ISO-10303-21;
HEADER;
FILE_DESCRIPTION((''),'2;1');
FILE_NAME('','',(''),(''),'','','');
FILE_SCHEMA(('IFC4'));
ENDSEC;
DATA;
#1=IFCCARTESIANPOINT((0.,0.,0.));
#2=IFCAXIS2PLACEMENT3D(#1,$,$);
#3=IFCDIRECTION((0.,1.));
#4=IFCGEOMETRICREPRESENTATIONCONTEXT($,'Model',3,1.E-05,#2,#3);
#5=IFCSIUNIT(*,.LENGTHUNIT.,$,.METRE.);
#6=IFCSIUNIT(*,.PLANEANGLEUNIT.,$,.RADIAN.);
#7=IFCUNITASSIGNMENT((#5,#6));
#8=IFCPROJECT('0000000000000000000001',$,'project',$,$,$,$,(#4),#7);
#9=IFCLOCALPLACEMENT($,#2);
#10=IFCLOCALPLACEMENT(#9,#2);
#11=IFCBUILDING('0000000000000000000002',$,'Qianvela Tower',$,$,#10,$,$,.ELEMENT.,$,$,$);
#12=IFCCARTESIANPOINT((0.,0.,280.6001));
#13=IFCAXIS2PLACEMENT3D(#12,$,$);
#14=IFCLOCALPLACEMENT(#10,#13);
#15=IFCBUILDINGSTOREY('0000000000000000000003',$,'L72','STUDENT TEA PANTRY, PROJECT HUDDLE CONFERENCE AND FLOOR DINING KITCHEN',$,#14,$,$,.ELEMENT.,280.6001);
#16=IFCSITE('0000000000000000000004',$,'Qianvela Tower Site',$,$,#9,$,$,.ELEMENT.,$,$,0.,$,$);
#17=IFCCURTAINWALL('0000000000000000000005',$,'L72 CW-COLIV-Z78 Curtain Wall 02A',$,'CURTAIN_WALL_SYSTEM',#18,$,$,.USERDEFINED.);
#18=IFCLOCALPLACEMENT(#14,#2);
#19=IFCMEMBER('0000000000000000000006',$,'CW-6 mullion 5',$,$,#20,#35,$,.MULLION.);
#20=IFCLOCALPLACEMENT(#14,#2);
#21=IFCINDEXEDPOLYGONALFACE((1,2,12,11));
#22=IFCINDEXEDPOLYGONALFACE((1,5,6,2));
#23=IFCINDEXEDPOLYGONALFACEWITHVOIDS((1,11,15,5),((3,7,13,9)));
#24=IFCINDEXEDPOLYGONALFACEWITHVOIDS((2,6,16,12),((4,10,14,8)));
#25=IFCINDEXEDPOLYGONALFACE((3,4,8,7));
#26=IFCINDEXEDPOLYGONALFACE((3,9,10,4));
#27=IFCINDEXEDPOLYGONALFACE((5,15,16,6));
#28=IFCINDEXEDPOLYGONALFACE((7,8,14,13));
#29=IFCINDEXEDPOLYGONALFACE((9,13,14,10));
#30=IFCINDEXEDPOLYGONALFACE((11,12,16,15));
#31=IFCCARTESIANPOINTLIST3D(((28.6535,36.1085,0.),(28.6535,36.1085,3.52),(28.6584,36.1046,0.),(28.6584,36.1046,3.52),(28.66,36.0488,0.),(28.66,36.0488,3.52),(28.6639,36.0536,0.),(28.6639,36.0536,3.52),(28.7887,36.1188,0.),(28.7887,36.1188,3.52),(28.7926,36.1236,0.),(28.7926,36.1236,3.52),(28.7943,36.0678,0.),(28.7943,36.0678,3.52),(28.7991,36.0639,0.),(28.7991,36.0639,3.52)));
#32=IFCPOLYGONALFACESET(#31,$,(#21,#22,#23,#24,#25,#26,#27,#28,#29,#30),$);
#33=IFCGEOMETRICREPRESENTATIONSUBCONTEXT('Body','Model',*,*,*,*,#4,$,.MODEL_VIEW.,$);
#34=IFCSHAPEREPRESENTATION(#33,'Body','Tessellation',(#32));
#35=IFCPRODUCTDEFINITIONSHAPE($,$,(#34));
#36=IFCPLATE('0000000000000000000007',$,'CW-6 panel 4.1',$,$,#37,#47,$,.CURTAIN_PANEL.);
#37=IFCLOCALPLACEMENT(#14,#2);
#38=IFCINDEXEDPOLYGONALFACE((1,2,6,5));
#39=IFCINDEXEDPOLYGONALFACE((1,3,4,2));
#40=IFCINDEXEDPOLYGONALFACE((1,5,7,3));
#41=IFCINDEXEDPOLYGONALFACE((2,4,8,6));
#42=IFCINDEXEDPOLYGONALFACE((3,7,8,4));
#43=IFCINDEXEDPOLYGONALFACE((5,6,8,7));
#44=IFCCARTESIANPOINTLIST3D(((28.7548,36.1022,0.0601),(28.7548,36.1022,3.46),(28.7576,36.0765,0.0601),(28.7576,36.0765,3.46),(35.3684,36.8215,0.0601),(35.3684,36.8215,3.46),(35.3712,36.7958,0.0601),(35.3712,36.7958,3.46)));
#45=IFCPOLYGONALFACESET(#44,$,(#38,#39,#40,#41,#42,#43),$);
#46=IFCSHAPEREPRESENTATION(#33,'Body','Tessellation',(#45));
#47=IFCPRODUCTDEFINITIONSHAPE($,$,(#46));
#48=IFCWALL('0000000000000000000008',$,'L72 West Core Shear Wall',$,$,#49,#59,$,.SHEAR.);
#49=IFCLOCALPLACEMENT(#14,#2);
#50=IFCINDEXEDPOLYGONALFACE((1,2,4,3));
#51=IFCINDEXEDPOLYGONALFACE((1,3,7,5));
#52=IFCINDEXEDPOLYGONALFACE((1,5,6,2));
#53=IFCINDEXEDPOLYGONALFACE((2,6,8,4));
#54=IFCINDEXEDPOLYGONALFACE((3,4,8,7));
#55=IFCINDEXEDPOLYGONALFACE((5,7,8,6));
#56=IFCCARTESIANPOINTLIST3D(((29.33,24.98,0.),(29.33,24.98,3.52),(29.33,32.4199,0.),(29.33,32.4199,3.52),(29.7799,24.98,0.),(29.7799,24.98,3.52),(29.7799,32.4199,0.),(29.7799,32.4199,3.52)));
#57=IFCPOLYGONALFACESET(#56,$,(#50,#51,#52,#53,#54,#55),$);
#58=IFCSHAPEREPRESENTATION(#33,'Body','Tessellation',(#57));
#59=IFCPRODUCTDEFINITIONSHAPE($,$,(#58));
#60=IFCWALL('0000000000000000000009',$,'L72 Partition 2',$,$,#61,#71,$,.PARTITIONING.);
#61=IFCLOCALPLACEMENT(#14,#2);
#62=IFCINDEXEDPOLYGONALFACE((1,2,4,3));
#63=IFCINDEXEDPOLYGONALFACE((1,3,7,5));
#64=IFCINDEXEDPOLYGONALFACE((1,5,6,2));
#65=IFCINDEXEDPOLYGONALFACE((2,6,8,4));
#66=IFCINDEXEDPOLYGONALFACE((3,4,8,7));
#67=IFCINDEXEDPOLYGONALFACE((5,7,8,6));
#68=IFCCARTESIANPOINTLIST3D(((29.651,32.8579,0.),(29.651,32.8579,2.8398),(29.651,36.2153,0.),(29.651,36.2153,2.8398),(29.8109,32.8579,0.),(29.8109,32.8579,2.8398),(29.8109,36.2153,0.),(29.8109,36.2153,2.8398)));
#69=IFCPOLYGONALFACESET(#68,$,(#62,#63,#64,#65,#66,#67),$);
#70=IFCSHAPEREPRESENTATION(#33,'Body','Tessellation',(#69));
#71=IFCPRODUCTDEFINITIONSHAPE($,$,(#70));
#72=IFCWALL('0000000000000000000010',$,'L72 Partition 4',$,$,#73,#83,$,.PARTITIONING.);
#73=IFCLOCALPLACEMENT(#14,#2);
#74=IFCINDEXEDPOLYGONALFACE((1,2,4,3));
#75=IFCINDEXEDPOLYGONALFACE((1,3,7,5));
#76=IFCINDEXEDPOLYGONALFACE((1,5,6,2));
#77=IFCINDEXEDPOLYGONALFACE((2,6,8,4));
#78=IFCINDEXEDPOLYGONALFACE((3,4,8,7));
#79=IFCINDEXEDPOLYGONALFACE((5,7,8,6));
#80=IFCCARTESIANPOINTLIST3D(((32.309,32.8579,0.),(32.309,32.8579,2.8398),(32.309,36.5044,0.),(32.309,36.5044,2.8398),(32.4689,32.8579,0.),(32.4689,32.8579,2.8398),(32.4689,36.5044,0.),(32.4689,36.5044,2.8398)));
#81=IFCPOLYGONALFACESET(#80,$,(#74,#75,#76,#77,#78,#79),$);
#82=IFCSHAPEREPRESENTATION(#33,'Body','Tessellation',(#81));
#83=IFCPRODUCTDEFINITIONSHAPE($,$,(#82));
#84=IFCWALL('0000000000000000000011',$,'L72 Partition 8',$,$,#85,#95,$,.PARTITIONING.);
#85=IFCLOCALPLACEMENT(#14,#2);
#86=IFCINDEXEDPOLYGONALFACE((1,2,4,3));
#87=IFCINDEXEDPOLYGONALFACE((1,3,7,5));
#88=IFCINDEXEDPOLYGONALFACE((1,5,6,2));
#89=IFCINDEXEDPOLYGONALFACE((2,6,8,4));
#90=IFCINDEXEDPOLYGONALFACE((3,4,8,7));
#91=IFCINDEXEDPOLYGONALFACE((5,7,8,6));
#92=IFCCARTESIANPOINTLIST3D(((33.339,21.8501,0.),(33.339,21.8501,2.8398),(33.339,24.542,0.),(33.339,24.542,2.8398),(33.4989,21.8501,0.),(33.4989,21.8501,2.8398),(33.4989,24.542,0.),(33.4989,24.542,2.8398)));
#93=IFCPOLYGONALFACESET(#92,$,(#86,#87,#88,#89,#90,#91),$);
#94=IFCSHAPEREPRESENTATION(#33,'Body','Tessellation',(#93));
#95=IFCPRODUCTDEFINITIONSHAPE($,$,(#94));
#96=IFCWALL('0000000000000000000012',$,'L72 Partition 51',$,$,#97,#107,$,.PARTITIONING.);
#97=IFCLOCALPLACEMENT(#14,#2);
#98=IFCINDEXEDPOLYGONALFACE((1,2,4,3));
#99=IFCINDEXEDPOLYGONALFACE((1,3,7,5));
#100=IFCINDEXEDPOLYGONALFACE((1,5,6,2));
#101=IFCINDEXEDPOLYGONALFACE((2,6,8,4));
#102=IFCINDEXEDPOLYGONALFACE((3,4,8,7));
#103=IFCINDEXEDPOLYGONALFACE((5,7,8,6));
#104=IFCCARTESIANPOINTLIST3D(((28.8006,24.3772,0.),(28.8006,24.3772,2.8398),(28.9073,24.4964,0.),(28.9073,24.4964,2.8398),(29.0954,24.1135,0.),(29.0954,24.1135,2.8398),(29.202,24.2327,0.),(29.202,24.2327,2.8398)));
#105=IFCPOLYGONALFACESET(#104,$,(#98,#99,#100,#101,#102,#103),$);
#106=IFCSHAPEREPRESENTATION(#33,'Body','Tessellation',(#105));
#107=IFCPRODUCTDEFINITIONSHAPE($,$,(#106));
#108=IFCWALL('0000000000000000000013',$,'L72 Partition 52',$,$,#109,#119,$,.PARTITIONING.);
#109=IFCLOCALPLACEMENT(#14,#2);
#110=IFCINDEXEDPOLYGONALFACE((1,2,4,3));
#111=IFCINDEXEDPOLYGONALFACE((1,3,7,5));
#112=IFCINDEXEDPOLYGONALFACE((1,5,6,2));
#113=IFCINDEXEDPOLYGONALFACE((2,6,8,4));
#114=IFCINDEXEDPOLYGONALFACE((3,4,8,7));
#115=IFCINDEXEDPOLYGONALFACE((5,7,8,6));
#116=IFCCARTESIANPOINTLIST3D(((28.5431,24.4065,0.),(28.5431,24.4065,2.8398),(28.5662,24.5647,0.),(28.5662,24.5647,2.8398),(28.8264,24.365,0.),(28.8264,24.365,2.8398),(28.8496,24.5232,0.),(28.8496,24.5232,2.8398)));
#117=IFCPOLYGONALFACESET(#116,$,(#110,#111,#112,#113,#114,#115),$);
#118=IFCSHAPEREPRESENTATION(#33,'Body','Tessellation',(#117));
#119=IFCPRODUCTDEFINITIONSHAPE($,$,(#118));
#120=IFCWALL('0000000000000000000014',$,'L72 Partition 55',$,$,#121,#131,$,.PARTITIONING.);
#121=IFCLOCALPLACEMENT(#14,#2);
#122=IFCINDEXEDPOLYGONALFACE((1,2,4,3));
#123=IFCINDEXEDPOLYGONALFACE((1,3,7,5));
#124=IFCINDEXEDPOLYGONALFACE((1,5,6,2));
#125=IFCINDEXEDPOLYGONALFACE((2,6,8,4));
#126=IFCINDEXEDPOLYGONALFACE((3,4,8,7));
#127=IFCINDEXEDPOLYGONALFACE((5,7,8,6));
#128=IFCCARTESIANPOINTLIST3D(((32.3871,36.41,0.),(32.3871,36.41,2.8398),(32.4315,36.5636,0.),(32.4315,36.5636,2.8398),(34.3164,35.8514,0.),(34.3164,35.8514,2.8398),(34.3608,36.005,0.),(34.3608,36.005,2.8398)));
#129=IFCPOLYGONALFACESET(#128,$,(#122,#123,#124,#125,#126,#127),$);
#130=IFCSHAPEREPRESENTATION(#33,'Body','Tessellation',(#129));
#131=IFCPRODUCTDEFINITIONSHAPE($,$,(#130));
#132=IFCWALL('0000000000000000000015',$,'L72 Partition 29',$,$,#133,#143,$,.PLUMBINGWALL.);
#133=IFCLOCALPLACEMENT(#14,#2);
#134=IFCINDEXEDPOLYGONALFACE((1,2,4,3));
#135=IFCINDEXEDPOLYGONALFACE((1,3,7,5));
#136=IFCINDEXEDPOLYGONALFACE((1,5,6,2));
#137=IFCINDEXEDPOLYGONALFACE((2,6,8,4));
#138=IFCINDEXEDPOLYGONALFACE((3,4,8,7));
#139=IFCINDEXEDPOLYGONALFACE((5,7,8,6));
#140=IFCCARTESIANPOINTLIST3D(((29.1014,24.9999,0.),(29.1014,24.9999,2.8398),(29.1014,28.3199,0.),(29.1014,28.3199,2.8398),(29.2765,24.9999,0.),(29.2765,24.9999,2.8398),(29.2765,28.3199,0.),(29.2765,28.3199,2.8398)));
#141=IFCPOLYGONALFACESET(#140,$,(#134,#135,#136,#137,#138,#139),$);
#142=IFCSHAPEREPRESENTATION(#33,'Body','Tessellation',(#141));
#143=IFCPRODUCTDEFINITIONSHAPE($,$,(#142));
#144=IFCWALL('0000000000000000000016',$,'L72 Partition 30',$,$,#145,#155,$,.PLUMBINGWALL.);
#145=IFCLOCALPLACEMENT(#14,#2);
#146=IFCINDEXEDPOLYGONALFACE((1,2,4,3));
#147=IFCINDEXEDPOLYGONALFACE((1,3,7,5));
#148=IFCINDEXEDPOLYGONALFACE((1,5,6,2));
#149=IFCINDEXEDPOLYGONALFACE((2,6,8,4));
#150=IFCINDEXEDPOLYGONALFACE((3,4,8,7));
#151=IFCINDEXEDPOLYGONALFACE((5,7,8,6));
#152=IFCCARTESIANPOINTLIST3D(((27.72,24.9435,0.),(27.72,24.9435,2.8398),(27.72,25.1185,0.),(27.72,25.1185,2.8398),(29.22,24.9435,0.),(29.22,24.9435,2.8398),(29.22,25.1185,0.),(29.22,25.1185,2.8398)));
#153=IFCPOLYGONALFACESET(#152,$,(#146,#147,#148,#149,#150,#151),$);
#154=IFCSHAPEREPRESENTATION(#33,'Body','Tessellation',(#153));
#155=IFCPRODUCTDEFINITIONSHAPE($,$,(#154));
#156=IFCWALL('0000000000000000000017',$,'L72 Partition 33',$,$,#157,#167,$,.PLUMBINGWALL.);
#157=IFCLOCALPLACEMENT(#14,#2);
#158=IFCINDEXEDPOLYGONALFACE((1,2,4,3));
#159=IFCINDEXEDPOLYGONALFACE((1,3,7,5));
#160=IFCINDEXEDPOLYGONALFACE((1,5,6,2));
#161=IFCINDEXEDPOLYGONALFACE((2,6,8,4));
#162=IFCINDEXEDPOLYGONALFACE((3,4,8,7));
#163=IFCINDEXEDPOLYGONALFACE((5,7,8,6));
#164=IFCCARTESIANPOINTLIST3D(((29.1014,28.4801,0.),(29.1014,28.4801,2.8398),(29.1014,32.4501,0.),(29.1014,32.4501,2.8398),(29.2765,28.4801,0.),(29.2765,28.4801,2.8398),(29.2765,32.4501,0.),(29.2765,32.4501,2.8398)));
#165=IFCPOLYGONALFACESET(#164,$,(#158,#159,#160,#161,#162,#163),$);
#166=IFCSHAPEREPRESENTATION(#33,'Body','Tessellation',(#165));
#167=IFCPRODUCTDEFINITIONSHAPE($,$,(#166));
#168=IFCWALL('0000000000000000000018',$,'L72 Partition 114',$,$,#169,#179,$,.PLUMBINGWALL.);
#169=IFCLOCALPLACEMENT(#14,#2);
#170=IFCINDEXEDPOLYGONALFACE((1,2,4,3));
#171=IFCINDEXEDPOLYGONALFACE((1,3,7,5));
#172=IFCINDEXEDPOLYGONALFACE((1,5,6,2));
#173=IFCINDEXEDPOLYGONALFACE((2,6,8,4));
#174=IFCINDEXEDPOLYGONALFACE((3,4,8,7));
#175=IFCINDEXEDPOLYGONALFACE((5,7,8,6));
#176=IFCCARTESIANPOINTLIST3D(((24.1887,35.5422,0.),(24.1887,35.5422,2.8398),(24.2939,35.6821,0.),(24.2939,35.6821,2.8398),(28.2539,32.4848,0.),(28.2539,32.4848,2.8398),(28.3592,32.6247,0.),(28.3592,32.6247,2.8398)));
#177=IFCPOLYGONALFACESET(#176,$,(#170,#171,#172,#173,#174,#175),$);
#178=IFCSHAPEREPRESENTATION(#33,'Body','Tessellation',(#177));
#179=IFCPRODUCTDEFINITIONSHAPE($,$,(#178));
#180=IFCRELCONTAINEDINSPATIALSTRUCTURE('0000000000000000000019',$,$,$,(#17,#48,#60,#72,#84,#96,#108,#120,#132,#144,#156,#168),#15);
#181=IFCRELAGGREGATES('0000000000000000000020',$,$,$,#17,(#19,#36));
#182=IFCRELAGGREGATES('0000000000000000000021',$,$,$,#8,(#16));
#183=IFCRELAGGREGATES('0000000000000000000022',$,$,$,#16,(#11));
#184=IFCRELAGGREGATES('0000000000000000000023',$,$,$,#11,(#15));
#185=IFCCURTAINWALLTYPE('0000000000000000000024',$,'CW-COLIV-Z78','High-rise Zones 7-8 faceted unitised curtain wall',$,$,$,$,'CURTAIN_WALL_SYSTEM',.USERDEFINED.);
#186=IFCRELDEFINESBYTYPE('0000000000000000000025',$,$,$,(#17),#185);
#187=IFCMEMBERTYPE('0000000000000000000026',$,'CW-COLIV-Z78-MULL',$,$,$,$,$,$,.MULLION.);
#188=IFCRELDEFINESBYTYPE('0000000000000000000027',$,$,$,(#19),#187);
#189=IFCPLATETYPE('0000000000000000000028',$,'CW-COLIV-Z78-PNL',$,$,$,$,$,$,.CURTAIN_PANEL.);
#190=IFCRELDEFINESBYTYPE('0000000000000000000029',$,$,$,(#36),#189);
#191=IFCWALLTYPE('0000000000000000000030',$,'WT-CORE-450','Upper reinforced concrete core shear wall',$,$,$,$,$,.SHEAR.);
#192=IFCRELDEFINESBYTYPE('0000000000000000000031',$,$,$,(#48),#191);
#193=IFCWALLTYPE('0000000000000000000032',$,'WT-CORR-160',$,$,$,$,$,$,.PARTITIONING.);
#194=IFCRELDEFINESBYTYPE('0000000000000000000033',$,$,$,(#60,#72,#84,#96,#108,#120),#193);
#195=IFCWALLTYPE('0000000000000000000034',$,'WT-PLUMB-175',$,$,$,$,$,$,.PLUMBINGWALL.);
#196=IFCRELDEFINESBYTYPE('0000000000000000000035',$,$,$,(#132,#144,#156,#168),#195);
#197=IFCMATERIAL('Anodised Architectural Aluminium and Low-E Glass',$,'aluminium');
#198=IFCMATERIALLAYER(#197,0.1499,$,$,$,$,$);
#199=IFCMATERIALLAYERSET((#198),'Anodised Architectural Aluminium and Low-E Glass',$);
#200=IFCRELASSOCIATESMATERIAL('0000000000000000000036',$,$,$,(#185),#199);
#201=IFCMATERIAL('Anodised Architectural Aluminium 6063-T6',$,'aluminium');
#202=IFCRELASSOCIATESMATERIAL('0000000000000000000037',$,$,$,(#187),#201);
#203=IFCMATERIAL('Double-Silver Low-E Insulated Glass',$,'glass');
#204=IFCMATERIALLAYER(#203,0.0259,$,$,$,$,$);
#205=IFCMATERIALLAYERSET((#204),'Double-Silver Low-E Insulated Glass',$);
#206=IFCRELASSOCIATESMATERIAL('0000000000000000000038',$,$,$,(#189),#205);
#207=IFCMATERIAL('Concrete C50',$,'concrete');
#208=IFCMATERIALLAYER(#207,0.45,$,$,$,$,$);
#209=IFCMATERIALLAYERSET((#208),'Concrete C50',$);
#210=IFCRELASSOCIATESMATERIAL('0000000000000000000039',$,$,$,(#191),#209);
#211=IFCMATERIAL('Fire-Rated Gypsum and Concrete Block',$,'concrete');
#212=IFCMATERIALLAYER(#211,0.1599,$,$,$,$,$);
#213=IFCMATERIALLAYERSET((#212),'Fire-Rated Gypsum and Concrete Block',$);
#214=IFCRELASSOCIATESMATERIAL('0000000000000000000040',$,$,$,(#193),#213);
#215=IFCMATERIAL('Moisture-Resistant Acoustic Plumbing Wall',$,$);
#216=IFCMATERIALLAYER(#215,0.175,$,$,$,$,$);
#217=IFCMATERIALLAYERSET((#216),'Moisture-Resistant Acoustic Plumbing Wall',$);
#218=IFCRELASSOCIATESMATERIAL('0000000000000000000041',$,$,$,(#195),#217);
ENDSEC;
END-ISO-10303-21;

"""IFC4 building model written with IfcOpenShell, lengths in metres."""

from ifc_helpers import new_model, si_unit, direction, frame, frame_2d, origin, origin_2d, place, context, subcontext, project, spatial, rectangle, hollow_rectangle, extrude, material, layer, layer_set, material_profile, profile_set, type_object, element, aggregate, save


model = new_model("IFC4")

# Units and contexts
model_context = context("Model", 3, precision=1e-05, world=origin(), true_north=direction((0.0, 1.0)))
body_context = subcontext(model_context, "Body", "Model", "MODEL_VIEW")
ifc_project = project(units=[si_unit("LENGTHUNIT", "METRE"), si_unit("PLANEANGLEUNIT", "RADIAN")], contexts=[model_context])

# Site, building, storey
site_placement = place(None, origin())
site = spatial("IfcSite", under=ifc_project, at=site_placement, Name="Qianvela Tower Site", CompositionType="ELEMENT", RefElevation=0.0)
building_placement = place(site_placement, origin())
building = spatial("IfcBuilding", under=site, at=building_placement, Name="Qianvela Tower", CompositionType="ELEMENT")
storey_placement = place(building_placement, frame((0.0, 0.0, 280.6001)))
storey = spatial("IfcBuildingStorey", under=building, at=storey_placement, Name="L72", Description="STUDENT TEA PANTRY, PROJECT HUDDLE CONFERENCE AND FLOOR DINING KITCHEN", CompositionType="ELEMENT", Elevation=280.6001)

# Curtain wall, member, plate
ifc_material_1 = material(Name="Anodised Architectural Aluminium and Low-E Glass", Category="aluminium")
ifc_layer_1 = layer(ifc_material_1, 0.1499)
ifc_layer_set_1 = layer_set([ifc_layer_1], Name="Anodised Architectural Aluminium and Low-E Glass")
curtain_wall_type_1 = type_object("IfcCurtainWallType", Name="CW-COLIV-Z78", Description="High-rise Zones 7-8 faceted unitised curtain wall", ElementType="CURTAIN_WALL_SYSTEM", PredefinedType="USERDEFINED", material=ifc_layer_set_1)
curtain_wall_1_placement = place(storey_placement, origin())
curtain_wall_1 = element("IfcCurtainWall", 1, at=curtain_wall_1_placement, inside=storey, type_object=curtain_wall_type_1, Name="L72 CW-COLIV-Z78 Curtain Wall 02A", ObjectType="CURTAIN_WALL_SYSTEM", PredefinedType="USERDEFINED")
ifc_material_2 = material(Name="Anodised Architectural Aluminium 6063-T6", Category="aluminium")
ifc_material_profile_1 = material_profile(ifc_material_2, hollow_rectangle(XDim=0.0601, YDim=0.1399, WallThickness=0.0044, at=origin_2d()), Name="ALU-MULL-60x140")
ifc_profile_set_1 = profile_set([ifc_material_profile_1], Name="Anodised Architectural Aluminium 6063-T6")
member_type_1 = type_object("IfcMemberType", Name="CW-COLIV-Z78-MULL", PredefinedType="MULLION", material=ifc_profile_set_1)
member_1_placement = place(storey_placement, frame((28.7263, 36.0862, 0.0), z_axis=(0.0, 0.0, 1.0), x_axis=(0.10812, -0.994138, 0.0)))
member_1 = element("IfcMember", 2, at=member_1_placement, type_object=member_type_1, Name="CW-6 mullion 5", PredefinedType="MULLION", context=body_context, shape_type="SweptSolid", body=[
    extrude(hollow_rectangle(XDim=0.0601, YDim=0.1399, WallThickness=0.0044, at=origin_2d()), origin(), (0.0, 0.0, 1.0), 3.52),
])
ifc_material_3 = material(Name="Double-Silver Low-E Insulated Glass", Category="glass")
ifc_layer_2 = layer(ifc_material_3, 0.0259)
ifc_layer_set_2 = layer_set([ifc_layer_2], Name="Double-Silver Low-E Insulated Glass")
plate_type = type_object("IfcPlateType", Name="CW-COLIV-Z78-PNL", PredefinedType="CURTAIN_PANEL", material=ifc_layer_set_2)
plate_placement = place(storey_placement, frame((32.063, 36.449, 0.0601), z_axis=(0.0, 0.0, 1.0), x_axis=(-0.994138, -0.10812, 0.0)))
plate = element("IfcPlate", 3, at=plate_placement, type_object=plate_type, Name="CW-6 panel 4.1", PredefinedType="CURTAIN_PANEL", context=body_context, shape_type="SweptSolid", body=[
    extrude(rectangle(XDim=6.6526, YDim=0.0259, at=origin_2d()), origin(), (0.0, 0.0, 1.0), 3.3999),
])
aggregate(curtain_wall_1, [member_1, plate])

# Shared definitions
ifc_material_4 = material(Name="Concrete C50", Category="concrete")
ifc_layer_3 = layer(ifc_material_4, 0.45)
ifc_layer_set_3 = layer_set([ifc_layer_3], Name="Concrete C50")
wall_type_1 = type_object("IfcWallType", Name="WT-CORE-450", Description="Upper reinforced concrete core shear wall", PredefinedType="SHEAR", material=ifc_layer_set_3)

# Walls
wall_1_placement = place(storey_placement, frame((29.5549, 24.98, 0.0), z_axis=(0.0, 0.0, 1.0), x_axis=(0.0, 1.0, 0.0)))
element("IfcWall", 4, at=wall_1_placement, inside=storey, type_object=wall_type_1, Name="L72 West Core Shear Wall", PredefinedType="SHEAR", context=body_context, shape_type="SweptSolid", body=[
    extrude(rectangle(XDim=7.4399, YDim=0.45, at=frame_2d((3.72, 0.0))), origin(), (0.0, 0.0, 1.0), 3.52),
])
ifc_material_5 = material(Name="Fire-Rated Gypsum and Concrete Block", Category="concrete")
ifc_layer_4 = layer(ifc_material_5, 0.1599)
ifc_layer_set_4 = layer_set([ifc_layer_4], Name="Fire-Rated Gypsum and Concrete Block")
wall_type_2 = type_object("IfcWallType", Name="WT-CORR-160", PredefinedType="PARTITIONING", material=ifc_layer_set_4)
wall_2_placement = place(storey_placement, frame((29.731, 32.8579, 0.0), z_axis=(0.0, 0.0, 1.0), x_axis=(0.0, 1.0, 0.0)))
element("IfcWall", 5, at=wall_2_placement, inside=storey, type_object=wall_type_2, Name="L72 Partition 2", PredefinedType="PARTITIONING", context=body_context, shape_type="SweptSolid", body=[
    extrude(rectangle(XDim=3.3574, YDim=0.1599, at=frame_2d((1.6787, 0.0))), origin(), (0.0, 0.0, 1.0), 2.8398),
])
wall_3_placement = place(storey_placement, frame((32.3889, 36.5044, 0.0), z_axis=(0.0, 0.0, 1.0), x_axis=(0.0, -1.0, 0.0)))
element("IfcWall", 6, at=wall_3_placement, inside=storey, type_object=wall_type_2, Name="L72 Partition 4", PredefinedType="PARTITIONING", context=body_context, shape_type="SweptSolid", body=[
    extrude(rectangle(XDim=3.6465, YDim=0.1599, at=frame_2d((1.8232, 0.0))), origin(), (0.0, 0.0, 1.0), 2.8398),
])
wall_4_placement = place(storey_placement, frame((33.4189, 24.542, 0.0), z_axis=(0.0, 0.0, 1.0), x_axis=(0.0, -1.0, 0.0)))
element("IfcWall", 7, at=wall_4_placement, inside=storey, type_object=wall_type_2, Name="L72 Partition 8", PredefinedType="PARTITIONING", context=body_context, shape_type="SweptSolid", body=[
    extrude(rectangle(XDim=2.6919, YDim=0.1599, at=frame_2d((1.3459, 0.0))), origin(), (0.0, 0.0, 1.0), 2.8398),
])
wall_5_placement = place(storey_placement, frame((29.1487, 24.1731, 0.0), z_axis=(0.0, 0.0, 1.0), x_axis=(-0.745225, 0.666813, 0.0)))
element("IfcWall", 8, at=wall_5_placement, inside=storey, type_object=wall_type_2, Name="L72 Partition 51", PredefinedType="PARTITIONING", context=body_context, shape_type="SweptSolid", body=[
    extrude(rectangle(XDim=0.3955, YDim=0.1599, at=frame_2d((0.1978, 0.0))), origin(), (0.0, 0.0, 1.0), 2.8398),
])
wall_6_placement = place(storey_placement, frame((28.8379, 24.4441, 0.0), z_axis=(0.0, 0.0, 1.0), x_axis=(-0.989449, 0.144881, 0.0)))
element("IfcWall", 9, at=wall_6_placement, inside=storey, type_object=wall_type_2, Name="L72 Partition 52", PredefinedType="PARTITIONING", context=body_context, shape_type="SweptSolid", body=[
    extrude(rectangle(XDim=0.2864, YDim=0.1599, at=frame_2d((0.1431, 0.0))), origin(), (0.0, 0.0, 1.0), 2.8398),
])
wall_7_placement = place(storey_placement, frame((32.4092, 36.4868, 0.0), z_axis=(0.0, 0.0, 1.0), x_axis=(0.960545, -0.278123, 0.0)))
element("IfcWall", 10, at=wall_7_placement, inside=storey, type_object=wall_type_2, Name="L72 Partition 55", PredefinedType="PARTITIONING", context=body_context, shape_type="SweptSolid", body=[
    extrude(rectangle(XDim=2.0085, YDim=0.1599, at=frame_2d((1.0044, 0.0))), origin(), (0.0, 0.0, 1.0), 2.8398),
])
ifc_material_6 = material(Name="Moisture-Resistant Acoustic Plumbing Wall")
ifc_layer_5 = layer(ifc_material_6, 0.175)
ifc_layer_set_5 = layer_set([ifc_layer_5], Name="Moisture-Resistant Acoustic Plumbing Wall")
wall_type_3 = type_object("IfcWallType", Name="WT-PLUMB-175", PredefinedType="PLUMBINGWALL", material=ifc_layer_set_5)
wall_8_placement = place(storey_placement, frame((29.189, 28.3201, 0.0), z_axis=(0.0, 0.0, 1.0), x_axis=(0.0, -1.0, 0.0)))
element("IfcWall", 11, at=wall_8_placement, inside=storey, type_object=wall_type_3, Name="L72 Partition 29", PredefinedType="PLUMBINGWALL", context=body_context, shape_type="SweptSolid", body=[
    extrude(rectangle(XDim=3.3201, YDim=0.175, at=frame_2d((1.6602, 0.0))), origin(), (0.0, 0.0, 1.0), 2.8398),
])
wall_9_placement = place(storey_placement, frame((29.22, 25.031, 0.0), z_axis=(0.0, 0.0, 1.0), x_axis=(-1.0, 0.0, 0.0)))
element("IfcWall", 12, at=wall_9_placement, inside=storey, type_object=wall_type_3, Name="L72 Partition 30", PredefinedType="PLUMBINGWALL", context=body_context, shape_type="SweptSolid", body=[
    extrude(rectangle(XDim=1.5, YDim=0.175, at=frame_2d((0.75, 0.0))), origin(), (0.0, 0.0, 1.0), 2.8398),
])
wall_10_placement = place(storey_placement, frame((29.189, 32.45, 0.0), z_axis=(0.0, 0.0, 1.0), x_axis=(0.0, -1.0, 0.0)))
element("IfcWall", 13, at=wall_10_placement, inside=storey, type_object=wall_type_3, Name="L72 Partition 33", PredefinedType="PLUMBINGWALL", context=body_context, shape_type="SweptSolid", body=[
    extrude(rectangle(XDim=3.97, YDim=0.175, at=frame_2d((1.9849, 0.0))), origin(), (0.0, 0.0, 1.0), 2.8398),
])
wall_11_placement = place(storey_placement, frame((28.3066, 32.5547, 0.0), z_axis=(0.0, 0.0, 1.0), x_axis=(-0.799199, 0.601067, 0.0)))
element("IfcWall", 14, at=wall_11_placement, inside=storey, type_object=wall_type_3, Name="L72 Partition 114", PredefinedType="PLUMBINGWALL", context=body_context, shape_type="SweptSolid", body=[
    extrude(rectangle(XDim=5.0867, YDim=0.175, at=frame_2d((2.5435, 0.0))), origin(), (0.0, 0.0, 1.0), 2.8398),
])

save(model, "model.ifc")
